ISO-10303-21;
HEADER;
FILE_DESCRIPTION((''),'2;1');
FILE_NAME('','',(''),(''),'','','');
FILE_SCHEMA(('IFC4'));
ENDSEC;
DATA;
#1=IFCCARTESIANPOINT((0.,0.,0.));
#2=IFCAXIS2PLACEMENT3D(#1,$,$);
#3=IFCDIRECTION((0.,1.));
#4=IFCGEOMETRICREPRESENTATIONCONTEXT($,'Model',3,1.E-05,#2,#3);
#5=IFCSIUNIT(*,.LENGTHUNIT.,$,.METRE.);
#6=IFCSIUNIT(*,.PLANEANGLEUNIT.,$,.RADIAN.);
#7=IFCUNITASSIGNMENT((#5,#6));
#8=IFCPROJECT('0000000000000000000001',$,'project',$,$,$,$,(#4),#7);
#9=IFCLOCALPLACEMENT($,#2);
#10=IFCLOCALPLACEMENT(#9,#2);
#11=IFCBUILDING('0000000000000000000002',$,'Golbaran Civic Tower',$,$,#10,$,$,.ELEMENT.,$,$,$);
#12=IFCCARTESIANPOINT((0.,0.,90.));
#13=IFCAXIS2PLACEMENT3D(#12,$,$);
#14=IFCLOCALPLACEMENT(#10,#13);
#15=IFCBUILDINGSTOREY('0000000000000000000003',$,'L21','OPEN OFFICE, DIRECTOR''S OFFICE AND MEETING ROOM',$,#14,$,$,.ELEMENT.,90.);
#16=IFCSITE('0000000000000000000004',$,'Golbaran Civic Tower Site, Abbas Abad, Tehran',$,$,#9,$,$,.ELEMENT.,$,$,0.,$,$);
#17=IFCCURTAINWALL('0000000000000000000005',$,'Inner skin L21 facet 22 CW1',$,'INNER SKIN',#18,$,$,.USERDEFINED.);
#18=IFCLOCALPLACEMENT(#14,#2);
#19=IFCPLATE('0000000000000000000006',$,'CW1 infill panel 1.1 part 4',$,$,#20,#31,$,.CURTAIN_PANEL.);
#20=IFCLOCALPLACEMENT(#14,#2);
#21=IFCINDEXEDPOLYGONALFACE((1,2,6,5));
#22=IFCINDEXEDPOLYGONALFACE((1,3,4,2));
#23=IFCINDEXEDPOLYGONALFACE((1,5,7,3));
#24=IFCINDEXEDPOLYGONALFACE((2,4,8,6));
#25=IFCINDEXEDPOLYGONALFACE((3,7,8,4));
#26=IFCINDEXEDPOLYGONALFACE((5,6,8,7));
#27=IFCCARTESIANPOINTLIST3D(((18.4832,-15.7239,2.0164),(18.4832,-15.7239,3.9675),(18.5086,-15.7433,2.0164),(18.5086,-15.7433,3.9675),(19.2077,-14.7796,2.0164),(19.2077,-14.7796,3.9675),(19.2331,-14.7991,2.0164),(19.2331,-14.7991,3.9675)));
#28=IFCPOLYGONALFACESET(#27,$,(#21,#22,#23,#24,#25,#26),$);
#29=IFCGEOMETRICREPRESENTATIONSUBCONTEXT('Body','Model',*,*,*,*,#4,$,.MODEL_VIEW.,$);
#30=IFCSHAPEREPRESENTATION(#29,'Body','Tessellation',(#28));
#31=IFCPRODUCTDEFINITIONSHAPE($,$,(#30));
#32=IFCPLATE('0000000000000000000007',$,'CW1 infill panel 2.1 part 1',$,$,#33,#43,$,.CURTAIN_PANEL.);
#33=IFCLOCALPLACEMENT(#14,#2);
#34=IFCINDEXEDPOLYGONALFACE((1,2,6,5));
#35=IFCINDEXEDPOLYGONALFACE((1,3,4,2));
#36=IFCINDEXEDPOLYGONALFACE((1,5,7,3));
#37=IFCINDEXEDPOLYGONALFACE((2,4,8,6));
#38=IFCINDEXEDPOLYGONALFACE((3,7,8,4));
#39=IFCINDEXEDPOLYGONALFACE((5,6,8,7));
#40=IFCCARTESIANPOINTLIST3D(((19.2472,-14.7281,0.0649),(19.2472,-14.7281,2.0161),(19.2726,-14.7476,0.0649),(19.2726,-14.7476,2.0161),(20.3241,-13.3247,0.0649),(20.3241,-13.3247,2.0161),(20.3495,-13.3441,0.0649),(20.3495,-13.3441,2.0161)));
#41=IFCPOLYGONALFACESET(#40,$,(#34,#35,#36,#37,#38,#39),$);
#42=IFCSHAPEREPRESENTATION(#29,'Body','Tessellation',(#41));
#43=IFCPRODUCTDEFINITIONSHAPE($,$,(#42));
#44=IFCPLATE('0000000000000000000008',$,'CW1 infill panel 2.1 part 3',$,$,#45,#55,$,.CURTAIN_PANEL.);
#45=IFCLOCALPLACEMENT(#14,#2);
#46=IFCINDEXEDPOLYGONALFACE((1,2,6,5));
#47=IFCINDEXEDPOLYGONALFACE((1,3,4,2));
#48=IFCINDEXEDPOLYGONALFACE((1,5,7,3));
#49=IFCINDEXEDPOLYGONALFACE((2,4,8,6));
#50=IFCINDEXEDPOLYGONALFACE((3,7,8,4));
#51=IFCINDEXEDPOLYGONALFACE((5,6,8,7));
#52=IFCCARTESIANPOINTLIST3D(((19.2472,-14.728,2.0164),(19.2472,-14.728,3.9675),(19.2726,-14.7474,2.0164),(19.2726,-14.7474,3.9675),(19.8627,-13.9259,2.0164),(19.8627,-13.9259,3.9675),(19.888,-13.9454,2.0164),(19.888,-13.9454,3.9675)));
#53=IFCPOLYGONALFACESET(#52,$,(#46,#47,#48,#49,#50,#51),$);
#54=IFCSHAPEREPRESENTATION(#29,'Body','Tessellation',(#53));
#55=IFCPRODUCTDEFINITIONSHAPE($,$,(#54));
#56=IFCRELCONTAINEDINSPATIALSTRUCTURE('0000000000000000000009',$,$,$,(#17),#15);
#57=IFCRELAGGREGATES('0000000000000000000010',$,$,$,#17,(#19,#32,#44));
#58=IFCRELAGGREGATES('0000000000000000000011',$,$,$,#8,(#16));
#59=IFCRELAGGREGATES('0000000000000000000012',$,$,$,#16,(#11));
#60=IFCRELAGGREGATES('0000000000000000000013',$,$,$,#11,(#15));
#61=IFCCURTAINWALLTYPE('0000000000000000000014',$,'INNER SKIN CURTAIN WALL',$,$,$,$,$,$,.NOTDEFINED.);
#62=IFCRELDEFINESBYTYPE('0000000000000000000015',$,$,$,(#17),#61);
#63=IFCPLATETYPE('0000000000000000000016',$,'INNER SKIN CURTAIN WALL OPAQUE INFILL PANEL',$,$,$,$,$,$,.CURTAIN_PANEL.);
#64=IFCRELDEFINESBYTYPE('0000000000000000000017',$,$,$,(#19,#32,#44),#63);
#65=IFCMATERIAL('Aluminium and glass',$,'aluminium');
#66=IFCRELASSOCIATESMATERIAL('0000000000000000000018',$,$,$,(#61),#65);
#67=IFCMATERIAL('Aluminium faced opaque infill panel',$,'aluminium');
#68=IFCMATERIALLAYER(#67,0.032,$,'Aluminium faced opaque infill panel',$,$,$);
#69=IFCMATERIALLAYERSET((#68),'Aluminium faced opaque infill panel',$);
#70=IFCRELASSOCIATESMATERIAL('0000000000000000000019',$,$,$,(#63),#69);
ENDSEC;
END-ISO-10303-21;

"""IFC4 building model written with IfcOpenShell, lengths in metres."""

from ifc_helpers import new_model, si_unit, direction, frame, origin, origin_2d, place, context, subcontext, project, spatial, rectangle, extrude, material, layer, layer_set, type_object, element, aggregate, save


model = new_model("IFC4")

# Units and contexts
model_context = context("Model", 3, precision=1e-05, world=origin(), true_north=direction((0.0, 1.0)))
body_context = subcontext(model_context, "Body", "Model", "MODEL_VIEW")
ifc_project = project(units=[si_unit("LENGTHUNIT", "METRE"), si_unit("PLANEANGLEUNIT", "RADIAN")], contexts=[model_context])

# Site, building, storey
site_placement = place(None, origin())
site = spatial("IfcSite", under=ifc_project, at=site_placement, Name="Golbaran Civic Tower Site, Abbas Abad, Tehran", CompositionType="ELEMENT", RefElevation=0.0)
building_placement = place(site_placement, origin())
building = spatial("IfcBuilding", under=site, at=building_placement, Name="Golbaran Civic Tower", CompositionType="ELEMENT")
storey_placement = place(building_placement, frame((0.0, 0.0, 90.0)))
storey = spatial("IfcBuildingStorey", under=building, at=storey_placement, Name="L21", Description="OPEN OFFICE, DIRECTOR'S OFFICE AND MEETING ROOM", CompositionType="ELEMENT", Elevation=90.0)

# Curtain wall
ifc_material_1 = material(Name="Aluminium and glass", Category="aluminium")
curtain_wall_type = type_object("IfcCurtainWallType", Name="INNER SKIN CURTAIN WALL", PredefinedType="NOTDEFINED", material=ifc_material_1)
curtain_wall_1_placement = place(storey_placement, origin())
curtain_wall_1 = element("IfcCurtainWall", 1, at=curtain_wall_1_placement, inside=storey, type_object=curtain_wall_type, Name="Inner skin L21 facet 22 CW1", ObjectType="INNER SKIN", PredefinedType="USERDEFINED")

# Plates
ifc_material_2 = material(Name="Aluminium faced opaque infill panel", Category="aluminium")
ifc_layer_1 = layer(ifc_material_2, 0.032, Name="Aluminium faced opaque infill panel")
ifc_layer_set_1 = layer_set([ifc_layer_1], Name="Aluminium faced opaque infill panel")
plate_type_1 = type_object("IfcPlateType", Name="INNER SKIN CURTAIN WALL OPAQUE INFILL PANEL", PredefinedType="CURTAIN_PANEL", material=ifc_layer_set_1)
plate_1_placement = place(storey_placement, frame((18.8582, -15.2615, 2.0164), z_axis=(0.0, 0.0, 1.0), x_axis=(0.608761, 0.793353, 0.0)))
plate_1 = element("IfcPlate", 2, at=plate_1_placement, type_object=plate_type_1, Name="CW1 infill panel 1.1 part 4", PredefinedType="CURTAIN_PANEL", context=body_context, shape_type="SweptSolid", body=[
    extrude(rectangle(XDim=1.1902, YDim=0.032, at=origin_2d()), origin(), (0.0, 0.0, 1.0), 1.9512),
])
plate_2_placement = place(storey_placement, frame((19.7983, -14.0361, 0.0649), z_axis=(0.0, 0.0, 1.0), x_axis=(0.608761, 0.793353, 0.0)))
plate_2 = element("IfcPlate", 3, at=plate_2_placement, type_object=plate_type_1, Name="CW1 infill panel 2.1 part 1", PredefinedType="CURTAIN_PANEL", context=body_context, shape_type="SweptSolid", body=[
    extrude(rectangle(XDim=1.769, YDim=0.032, at=origin_2d()), origin(), (0.0, 0.0, 1.0), 1.9512),
])
plate_3_placement = place(storey_placement, frame((19.5676, -14.3367, 2.0164), z_axis=(0.0, 0.0, 1.0), x_axis=(0.608761, 0.793353, 0.0)))
plate_3 = element("IfcPlate", 4, at=plate_3_placement, type_object=plate_type_1, Name="CW1 infill panel 2.1 part 3", PredefinedType="CURTAIN_PANEL", context=body_context, shape_type="SweptSolid", body=[
    extrude(rectangle(XDim=1.011, YDim=0.032, at=origin_2d()), origin(), (0.0, 0.0, 1.0), 1.9512),
])
aggregate(curtain_wall_1, [plate_1, plate_2, plate_3])

save(model, "model.ifc")
